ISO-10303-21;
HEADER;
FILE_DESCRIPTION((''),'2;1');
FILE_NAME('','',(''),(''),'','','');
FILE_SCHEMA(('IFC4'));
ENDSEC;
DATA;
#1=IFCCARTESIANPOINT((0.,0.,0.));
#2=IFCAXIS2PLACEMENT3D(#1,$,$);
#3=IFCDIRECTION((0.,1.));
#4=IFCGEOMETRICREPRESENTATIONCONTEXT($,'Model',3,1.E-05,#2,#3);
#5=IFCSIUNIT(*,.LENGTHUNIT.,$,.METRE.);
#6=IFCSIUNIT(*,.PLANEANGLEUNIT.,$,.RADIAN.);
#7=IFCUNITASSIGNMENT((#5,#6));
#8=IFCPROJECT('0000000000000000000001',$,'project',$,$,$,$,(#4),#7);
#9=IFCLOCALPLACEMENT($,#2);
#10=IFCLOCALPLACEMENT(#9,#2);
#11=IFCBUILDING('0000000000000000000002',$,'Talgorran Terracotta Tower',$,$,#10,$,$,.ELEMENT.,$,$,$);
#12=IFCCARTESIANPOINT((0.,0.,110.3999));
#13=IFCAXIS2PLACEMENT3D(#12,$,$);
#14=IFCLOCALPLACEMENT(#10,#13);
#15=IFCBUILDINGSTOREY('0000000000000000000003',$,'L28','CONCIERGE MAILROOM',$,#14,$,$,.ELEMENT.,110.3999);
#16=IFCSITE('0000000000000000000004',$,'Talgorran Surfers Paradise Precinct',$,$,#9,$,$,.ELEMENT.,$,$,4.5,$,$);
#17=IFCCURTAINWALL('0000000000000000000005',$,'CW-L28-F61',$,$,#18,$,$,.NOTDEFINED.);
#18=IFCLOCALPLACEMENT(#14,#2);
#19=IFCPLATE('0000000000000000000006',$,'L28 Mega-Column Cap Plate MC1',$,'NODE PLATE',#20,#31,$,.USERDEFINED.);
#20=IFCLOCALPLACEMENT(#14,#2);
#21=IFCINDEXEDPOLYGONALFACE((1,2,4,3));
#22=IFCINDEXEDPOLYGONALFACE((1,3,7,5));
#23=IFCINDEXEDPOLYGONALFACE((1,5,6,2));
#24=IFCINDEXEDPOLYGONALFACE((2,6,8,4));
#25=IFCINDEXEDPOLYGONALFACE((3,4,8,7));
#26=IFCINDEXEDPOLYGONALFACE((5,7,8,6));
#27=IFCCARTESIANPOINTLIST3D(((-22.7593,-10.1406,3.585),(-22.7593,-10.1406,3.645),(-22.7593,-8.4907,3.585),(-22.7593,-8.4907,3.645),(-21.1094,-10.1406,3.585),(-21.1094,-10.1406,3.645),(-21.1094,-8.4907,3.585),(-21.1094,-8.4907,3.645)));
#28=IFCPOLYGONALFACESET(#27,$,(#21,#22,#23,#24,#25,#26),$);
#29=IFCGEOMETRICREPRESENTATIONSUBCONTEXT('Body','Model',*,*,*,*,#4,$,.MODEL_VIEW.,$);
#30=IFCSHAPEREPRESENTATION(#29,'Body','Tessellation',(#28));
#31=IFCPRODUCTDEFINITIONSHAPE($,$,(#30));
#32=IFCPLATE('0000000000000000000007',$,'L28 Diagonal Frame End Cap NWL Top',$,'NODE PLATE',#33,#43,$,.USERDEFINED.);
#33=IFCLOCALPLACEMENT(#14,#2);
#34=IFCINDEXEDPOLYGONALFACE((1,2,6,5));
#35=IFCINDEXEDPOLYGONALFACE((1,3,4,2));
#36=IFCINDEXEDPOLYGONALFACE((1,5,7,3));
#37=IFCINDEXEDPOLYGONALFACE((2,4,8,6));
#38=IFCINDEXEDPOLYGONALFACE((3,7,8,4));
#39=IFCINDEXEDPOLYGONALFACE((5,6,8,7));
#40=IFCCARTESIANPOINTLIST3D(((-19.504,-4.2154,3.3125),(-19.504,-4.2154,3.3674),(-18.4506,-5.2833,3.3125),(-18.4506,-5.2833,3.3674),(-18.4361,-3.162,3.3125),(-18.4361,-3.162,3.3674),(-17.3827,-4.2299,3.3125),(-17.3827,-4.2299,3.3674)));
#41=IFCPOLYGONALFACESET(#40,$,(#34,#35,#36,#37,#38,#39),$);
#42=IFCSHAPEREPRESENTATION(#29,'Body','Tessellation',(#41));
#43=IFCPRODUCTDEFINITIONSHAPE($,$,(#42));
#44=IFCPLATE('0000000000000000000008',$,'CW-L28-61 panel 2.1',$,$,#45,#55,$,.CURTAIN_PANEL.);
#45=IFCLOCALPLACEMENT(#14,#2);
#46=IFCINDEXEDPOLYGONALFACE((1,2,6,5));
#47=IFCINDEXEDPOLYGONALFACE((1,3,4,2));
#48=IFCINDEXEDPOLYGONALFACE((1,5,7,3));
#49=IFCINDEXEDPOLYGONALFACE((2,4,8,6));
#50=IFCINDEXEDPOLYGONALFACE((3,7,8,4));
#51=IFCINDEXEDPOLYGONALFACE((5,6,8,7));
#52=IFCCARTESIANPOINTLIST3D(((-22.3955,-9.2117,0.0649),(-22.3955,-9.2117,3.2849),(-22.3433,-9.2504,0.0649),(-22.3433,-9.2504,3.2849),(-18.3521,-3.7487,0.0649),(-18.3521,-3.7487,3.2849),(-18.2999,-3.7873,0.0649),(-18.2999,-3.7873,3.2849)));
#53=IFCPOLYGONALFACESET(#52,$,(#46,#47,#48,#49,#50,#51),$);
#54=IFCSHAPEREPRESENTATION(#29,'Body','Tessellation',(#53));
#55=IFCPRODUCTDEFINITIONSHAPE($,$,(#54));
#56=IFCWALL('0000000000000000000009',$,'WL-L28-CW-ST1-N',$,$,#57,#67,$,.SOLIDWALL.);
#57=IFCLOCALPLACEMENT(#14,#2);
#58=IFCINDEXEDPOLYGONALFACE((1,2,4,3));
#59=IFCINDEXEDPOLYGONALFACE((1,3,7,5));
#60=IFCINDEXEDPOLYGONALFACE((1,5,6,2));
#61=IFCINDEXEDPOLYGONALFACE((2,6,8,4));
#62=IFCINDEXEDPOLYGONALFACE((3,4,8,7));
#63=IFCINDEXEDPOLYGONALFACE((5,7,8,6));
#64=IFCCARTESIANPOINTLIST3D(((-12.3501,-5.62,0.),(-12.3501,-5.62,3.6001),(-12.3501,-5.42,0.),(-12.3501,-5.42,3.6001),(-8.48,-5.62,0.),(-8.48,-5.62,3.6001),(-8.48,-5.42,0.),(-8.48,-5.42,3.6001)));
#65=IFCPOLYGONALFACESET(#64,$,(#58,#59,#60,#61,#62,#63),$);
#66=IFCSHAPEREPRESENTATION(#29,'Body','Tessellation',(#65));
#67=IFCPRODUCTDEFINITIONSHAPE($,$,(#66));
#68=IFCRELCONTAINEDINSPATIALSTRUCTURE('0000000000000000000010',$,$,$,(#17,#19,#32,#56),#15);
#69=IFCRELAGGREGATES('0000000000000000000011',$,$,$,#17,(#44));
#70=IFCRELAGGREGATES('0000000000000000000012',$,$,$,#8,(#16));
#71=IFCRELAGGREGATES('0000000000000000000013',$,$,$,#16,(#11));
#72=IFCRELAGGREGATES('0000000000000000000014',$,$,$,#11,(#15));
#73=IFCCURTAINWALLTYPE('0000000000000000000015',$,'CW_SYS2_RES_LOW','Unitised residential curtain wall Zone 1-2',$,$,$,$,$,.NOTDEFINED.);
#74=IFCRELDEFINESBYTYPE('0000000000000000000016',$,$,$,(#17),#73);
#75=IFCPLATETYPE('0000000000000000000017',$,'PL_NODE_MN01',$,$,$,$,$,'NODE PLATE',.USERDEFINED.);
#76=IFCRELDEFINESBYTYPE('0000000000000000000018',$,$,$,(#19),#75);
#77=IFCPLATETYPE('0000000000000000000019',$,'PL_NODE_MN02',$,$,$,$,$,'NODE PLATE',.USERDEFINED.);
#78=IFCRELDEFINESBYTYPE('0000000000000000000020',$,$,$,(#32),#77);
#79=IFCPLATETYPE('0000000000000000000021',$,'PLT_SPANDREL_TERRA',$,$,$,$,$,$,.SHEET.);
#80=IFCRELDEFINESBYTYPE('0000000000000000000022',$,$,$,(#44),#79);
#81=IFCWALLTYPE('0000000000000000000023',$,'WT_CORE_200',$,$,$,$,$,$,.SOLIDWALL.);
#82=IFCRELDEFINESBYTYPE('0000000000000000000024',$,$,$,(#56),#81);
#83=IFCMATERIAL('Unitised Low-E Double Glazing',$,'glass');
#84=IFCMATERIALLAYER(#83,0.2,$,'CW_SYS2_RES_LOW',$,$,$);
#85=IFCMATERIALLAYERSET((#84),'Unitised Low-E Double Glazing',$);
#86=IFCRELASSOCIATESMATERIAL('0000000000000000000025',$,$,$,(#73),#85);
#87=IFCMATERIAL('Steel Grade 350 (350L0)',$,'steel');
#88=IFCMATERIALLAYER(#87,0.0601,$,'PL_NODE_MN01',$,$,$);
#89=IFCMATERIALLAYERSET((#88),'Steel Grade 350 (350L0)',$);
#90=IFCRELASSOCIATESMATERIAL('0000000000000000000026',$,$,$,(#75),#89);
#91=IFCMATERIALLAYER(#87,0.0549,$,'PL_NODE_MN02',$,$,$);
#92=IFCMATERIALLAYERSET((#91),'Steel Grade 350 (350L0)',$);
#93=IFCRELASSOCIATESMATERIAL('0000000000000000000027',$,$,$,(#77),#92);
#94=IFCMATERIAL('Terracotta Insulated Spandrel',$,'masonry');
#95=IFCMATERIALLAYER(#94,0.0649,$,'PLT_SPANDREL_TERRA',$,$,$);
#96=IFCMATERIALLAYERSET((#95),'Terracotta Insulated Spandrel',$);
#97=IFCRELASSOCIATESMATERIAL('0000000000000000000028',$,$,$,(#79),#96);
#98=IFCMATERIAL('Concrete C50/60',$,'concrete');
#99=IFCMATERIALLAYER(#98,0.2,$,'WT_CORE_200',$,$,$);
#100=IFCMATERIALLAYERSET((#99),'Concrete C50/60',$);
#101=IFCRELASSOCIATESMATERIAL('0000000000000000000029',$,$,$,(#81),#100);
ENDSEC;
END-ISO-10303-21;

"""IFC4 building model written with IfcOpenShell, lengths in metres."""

from ifc_helpers import new_model, si_unit, direction, frame, frame_2d, origin, origin_2d, place, context, subcontext, project, spatial, rectangle, extrude, source, transform, mapped, material, layer, layer_set, type_object, type_shapes, element, aggregate, save


model = new_model("IFC4")

# Units and contexts
model_context = context("Model", 3, precision=1e-05, world=origin(), true_north=direction((0.0, 1.0)))
body_context = subcontext(model_context, "Body", "Model", "MODEL_VIEW")
ifc_project = project(units=[si_unit("LENGTHUNIT", "METRE"), si_unit("PLANEANGLEUNIT", "RADIAN")], contexts=[model_context])

# Site, building, storey
site_placement = place(None, origin())
site = spatial("IfcSite", under=ifc_project, at=site_placement, Name="Talgorran Surfers Paradise Precinct", CompositionType="ELEMENT", RefElevation=4.5)
building_placement = place(site_placement, origin())
building = spatial("IfcBuilding", under=site, at=building_placement, Name="Talgorran Terracotta Tower", CompositionType="ELEMENT")
storey_placement = place(building_placement, frame((0.0, 0.0, 110.3999)))
storey = spatial("IfcBuildingStorey", under=building, at=storey_placement, Name="L28", Description="CONCIERGE MAILROOM", CompositionType="ELEMENT", Elevation=110.3999)

# Shared definitions
ifc_material_1 = material(Name="Steel Grade 350 (350L0)", Category="steel")

# Curtain wall
ifc_material_2 = material(Name="Unitised Low-E Double Glazing", Category="glass")
ifc_layer_1 = layer(ifc_material_2, 0.2, Name="CW_SYS2_RES_LOW")
ifc_layer_set_1 = layer_set([ifc_layer_1], Name="Unitised Low-E Double Glazing")
curtain_wall_type = type_object("IfcCurtainWallType", Name="CW_SYS2_RES_LOW", Description="Unitised residential curtain wall Zone 1-2", PredefinedType="NOTDEFINED", material=ifc_layer_set_1)
curtain_wall_1_placement = place(storey_placement, origin())
curtain_wall_1 = element("IfcCurtainWall", 1, at=curtain_wall_1_placement, inside=storey, type_object=curtain_wall_type, Name="CW-L28-F61", PredefinedType="NOTDEFINED")

# Plates
ifc_layer_2 = layer(ifc_material_1, 0.0601, Name="PL_NODE_MN01")
ifc_layer_set_2 = layer_set([ifc_layer_2], Name="Steel Grade 350 (350L0)")
plate_type_1 = type_object("IfcPlateType", Name="PL_NODE_MN01", ElementType="NODE PLATE", PredefinedType="USERDEFINED", material=ifc_layer_set_2)
plate_1_placement = place(storey_placement, frame((-21.9343, -9.3157, 3.585), z_axis=(0.0, 0.0, 1.0), x_axis=(1.0, 0.0, 0.0)))
element("IfcPlate", 2, at=plate_1_placement, inside=storey, type_object=plate_type_1, Name="L28 Mega-Column Cap Plate MC1", ObjectType="NODE PLATE", PredefinedType="USERDEFINED", context=body_context, shape_type="SweptSolid", body=[
    extrude(rectangle(XDim=1.6499, YDim=1.6499, at=origin_2d()), origin(), (0.0, 0.0, 1.0), 0.0601),
])
ifc_layer_3 = layer(ifc_material_1, 0.0549, Name="PL_NODE_MN02")
ifc_layer_set_3 = layer_set([ifc_layer_3], Name="Steel Grade 350 (350L0)")
plate_type_2 = type_object("IfcPlateType", Name="PL_NODE_MN02", ElementType="NODE PLATE", PredefinedType="USERDEFINED", material=ifc_layer_set_3)
plate_2_placement = place(storey_placement, frame((-18.4434, -4.2227, 3.3125), z_axis=(0.0, 0.0, 1.0), x_axis=(0.711903, 0.702277, 0.0)))
element("IfcPlate", 3, at=plate_2_placement, inside=storey, type_object=plate_type_2, Name="L28 Diagonal Frame End Cap NWL Top", ObjectType="NODE PLATE", PredefinedType="USERDEFINED", context=body_context, shape_type="SweptSolid", body=[
    extrude(rectangle(XDim=1.5, YDim=1.5, at=origin_2d()), origin(), (0.0, 0.0, 1.0), 0.0549),
])

# Plate
ifc_material_3 = material(Name="Terracotta Insulated Spandrel", Category="masonry")
ifc_layer_4 = layer(ifc_material_3, 0.0649, Name="PLT_SPANDREL_TERRA")
ifc_layer_set_4 = layer_set([ifc_layer_4], Name="Terracotta Insulated Spandrel")
plate_type_3 = type_object("IfcPlateType", Name="PLT_SPANDREL_TERRA", PredefinedType="SHEET", material=ifc_layer_set_4)
shared_shape = source(origin(), body_context, "Body", "SweptSolid", [
    extrude(rectangle(XDim=6.7966, YDim=0.0649, at=origin_2d()), origin(), (0.0, 0.0, 1.0), 3.22),
])
type_shapes(plate_type_3, [shared_shape])
plate_3_placement = place(storey_placement, frame((-20.3477, -6.4995, 0.0649), z_axis=(0.0, 0.0, 1.0), x_axis=(-0.594912, -0.803791, 0.0)))
plate_3 = element("IfcPlate", 4, at=plate_3_placement, type_object=plate_type_3, Name="CW-L28-61 panel 2.1", PredefinedType="CURTAIN_PANEL", context=body_context, shape_type="MappedRepresentation", body=[
    mapped(shared_shape, transform((0.0, 0.0, 0.0), scale=1.0)),
])
aggregate(curtain_wall_1, [plate_3])

# Wall
ifc_material_4 = material(Name="Concrete C50/60", Category="concrete")
ifc_layer_5 = layer(ifc_material_4, 0.2, Name="WT_CORE_200")
ifc_layer_set_5 = layer_set([ifc_layer_5], Name="Concrete C50/60")
wall_type_1 = type_object("IfcWallType", Name="WT_CORE_200", PredefinedType="SOLIDWALL", material=ifc_layer_set_5)
wall_1_placement = place(storey_placement, frame((-12.3501, -5.52, 0.0), z_axis=(0.0, 0.0, 1.0), x_axis=(1.0, 0.0, 0.0)))
element("IfcWall", 5, at=wall_1_placement, inside=storey, type_object=wall_type_1, Name="WL-L28-CW-ST1-N", PredefinedType="SOLIDWALL", context=body_context, shape_type="SweptSolid", body=[
    extrude(rectangle(XDim=3.8701, YDim=0.2, at=frame_2d((1.9351, 0.0))), origin(), (0.0, 0.0, 1.0), 3.6001),
])

save(model, "model.ifc")
